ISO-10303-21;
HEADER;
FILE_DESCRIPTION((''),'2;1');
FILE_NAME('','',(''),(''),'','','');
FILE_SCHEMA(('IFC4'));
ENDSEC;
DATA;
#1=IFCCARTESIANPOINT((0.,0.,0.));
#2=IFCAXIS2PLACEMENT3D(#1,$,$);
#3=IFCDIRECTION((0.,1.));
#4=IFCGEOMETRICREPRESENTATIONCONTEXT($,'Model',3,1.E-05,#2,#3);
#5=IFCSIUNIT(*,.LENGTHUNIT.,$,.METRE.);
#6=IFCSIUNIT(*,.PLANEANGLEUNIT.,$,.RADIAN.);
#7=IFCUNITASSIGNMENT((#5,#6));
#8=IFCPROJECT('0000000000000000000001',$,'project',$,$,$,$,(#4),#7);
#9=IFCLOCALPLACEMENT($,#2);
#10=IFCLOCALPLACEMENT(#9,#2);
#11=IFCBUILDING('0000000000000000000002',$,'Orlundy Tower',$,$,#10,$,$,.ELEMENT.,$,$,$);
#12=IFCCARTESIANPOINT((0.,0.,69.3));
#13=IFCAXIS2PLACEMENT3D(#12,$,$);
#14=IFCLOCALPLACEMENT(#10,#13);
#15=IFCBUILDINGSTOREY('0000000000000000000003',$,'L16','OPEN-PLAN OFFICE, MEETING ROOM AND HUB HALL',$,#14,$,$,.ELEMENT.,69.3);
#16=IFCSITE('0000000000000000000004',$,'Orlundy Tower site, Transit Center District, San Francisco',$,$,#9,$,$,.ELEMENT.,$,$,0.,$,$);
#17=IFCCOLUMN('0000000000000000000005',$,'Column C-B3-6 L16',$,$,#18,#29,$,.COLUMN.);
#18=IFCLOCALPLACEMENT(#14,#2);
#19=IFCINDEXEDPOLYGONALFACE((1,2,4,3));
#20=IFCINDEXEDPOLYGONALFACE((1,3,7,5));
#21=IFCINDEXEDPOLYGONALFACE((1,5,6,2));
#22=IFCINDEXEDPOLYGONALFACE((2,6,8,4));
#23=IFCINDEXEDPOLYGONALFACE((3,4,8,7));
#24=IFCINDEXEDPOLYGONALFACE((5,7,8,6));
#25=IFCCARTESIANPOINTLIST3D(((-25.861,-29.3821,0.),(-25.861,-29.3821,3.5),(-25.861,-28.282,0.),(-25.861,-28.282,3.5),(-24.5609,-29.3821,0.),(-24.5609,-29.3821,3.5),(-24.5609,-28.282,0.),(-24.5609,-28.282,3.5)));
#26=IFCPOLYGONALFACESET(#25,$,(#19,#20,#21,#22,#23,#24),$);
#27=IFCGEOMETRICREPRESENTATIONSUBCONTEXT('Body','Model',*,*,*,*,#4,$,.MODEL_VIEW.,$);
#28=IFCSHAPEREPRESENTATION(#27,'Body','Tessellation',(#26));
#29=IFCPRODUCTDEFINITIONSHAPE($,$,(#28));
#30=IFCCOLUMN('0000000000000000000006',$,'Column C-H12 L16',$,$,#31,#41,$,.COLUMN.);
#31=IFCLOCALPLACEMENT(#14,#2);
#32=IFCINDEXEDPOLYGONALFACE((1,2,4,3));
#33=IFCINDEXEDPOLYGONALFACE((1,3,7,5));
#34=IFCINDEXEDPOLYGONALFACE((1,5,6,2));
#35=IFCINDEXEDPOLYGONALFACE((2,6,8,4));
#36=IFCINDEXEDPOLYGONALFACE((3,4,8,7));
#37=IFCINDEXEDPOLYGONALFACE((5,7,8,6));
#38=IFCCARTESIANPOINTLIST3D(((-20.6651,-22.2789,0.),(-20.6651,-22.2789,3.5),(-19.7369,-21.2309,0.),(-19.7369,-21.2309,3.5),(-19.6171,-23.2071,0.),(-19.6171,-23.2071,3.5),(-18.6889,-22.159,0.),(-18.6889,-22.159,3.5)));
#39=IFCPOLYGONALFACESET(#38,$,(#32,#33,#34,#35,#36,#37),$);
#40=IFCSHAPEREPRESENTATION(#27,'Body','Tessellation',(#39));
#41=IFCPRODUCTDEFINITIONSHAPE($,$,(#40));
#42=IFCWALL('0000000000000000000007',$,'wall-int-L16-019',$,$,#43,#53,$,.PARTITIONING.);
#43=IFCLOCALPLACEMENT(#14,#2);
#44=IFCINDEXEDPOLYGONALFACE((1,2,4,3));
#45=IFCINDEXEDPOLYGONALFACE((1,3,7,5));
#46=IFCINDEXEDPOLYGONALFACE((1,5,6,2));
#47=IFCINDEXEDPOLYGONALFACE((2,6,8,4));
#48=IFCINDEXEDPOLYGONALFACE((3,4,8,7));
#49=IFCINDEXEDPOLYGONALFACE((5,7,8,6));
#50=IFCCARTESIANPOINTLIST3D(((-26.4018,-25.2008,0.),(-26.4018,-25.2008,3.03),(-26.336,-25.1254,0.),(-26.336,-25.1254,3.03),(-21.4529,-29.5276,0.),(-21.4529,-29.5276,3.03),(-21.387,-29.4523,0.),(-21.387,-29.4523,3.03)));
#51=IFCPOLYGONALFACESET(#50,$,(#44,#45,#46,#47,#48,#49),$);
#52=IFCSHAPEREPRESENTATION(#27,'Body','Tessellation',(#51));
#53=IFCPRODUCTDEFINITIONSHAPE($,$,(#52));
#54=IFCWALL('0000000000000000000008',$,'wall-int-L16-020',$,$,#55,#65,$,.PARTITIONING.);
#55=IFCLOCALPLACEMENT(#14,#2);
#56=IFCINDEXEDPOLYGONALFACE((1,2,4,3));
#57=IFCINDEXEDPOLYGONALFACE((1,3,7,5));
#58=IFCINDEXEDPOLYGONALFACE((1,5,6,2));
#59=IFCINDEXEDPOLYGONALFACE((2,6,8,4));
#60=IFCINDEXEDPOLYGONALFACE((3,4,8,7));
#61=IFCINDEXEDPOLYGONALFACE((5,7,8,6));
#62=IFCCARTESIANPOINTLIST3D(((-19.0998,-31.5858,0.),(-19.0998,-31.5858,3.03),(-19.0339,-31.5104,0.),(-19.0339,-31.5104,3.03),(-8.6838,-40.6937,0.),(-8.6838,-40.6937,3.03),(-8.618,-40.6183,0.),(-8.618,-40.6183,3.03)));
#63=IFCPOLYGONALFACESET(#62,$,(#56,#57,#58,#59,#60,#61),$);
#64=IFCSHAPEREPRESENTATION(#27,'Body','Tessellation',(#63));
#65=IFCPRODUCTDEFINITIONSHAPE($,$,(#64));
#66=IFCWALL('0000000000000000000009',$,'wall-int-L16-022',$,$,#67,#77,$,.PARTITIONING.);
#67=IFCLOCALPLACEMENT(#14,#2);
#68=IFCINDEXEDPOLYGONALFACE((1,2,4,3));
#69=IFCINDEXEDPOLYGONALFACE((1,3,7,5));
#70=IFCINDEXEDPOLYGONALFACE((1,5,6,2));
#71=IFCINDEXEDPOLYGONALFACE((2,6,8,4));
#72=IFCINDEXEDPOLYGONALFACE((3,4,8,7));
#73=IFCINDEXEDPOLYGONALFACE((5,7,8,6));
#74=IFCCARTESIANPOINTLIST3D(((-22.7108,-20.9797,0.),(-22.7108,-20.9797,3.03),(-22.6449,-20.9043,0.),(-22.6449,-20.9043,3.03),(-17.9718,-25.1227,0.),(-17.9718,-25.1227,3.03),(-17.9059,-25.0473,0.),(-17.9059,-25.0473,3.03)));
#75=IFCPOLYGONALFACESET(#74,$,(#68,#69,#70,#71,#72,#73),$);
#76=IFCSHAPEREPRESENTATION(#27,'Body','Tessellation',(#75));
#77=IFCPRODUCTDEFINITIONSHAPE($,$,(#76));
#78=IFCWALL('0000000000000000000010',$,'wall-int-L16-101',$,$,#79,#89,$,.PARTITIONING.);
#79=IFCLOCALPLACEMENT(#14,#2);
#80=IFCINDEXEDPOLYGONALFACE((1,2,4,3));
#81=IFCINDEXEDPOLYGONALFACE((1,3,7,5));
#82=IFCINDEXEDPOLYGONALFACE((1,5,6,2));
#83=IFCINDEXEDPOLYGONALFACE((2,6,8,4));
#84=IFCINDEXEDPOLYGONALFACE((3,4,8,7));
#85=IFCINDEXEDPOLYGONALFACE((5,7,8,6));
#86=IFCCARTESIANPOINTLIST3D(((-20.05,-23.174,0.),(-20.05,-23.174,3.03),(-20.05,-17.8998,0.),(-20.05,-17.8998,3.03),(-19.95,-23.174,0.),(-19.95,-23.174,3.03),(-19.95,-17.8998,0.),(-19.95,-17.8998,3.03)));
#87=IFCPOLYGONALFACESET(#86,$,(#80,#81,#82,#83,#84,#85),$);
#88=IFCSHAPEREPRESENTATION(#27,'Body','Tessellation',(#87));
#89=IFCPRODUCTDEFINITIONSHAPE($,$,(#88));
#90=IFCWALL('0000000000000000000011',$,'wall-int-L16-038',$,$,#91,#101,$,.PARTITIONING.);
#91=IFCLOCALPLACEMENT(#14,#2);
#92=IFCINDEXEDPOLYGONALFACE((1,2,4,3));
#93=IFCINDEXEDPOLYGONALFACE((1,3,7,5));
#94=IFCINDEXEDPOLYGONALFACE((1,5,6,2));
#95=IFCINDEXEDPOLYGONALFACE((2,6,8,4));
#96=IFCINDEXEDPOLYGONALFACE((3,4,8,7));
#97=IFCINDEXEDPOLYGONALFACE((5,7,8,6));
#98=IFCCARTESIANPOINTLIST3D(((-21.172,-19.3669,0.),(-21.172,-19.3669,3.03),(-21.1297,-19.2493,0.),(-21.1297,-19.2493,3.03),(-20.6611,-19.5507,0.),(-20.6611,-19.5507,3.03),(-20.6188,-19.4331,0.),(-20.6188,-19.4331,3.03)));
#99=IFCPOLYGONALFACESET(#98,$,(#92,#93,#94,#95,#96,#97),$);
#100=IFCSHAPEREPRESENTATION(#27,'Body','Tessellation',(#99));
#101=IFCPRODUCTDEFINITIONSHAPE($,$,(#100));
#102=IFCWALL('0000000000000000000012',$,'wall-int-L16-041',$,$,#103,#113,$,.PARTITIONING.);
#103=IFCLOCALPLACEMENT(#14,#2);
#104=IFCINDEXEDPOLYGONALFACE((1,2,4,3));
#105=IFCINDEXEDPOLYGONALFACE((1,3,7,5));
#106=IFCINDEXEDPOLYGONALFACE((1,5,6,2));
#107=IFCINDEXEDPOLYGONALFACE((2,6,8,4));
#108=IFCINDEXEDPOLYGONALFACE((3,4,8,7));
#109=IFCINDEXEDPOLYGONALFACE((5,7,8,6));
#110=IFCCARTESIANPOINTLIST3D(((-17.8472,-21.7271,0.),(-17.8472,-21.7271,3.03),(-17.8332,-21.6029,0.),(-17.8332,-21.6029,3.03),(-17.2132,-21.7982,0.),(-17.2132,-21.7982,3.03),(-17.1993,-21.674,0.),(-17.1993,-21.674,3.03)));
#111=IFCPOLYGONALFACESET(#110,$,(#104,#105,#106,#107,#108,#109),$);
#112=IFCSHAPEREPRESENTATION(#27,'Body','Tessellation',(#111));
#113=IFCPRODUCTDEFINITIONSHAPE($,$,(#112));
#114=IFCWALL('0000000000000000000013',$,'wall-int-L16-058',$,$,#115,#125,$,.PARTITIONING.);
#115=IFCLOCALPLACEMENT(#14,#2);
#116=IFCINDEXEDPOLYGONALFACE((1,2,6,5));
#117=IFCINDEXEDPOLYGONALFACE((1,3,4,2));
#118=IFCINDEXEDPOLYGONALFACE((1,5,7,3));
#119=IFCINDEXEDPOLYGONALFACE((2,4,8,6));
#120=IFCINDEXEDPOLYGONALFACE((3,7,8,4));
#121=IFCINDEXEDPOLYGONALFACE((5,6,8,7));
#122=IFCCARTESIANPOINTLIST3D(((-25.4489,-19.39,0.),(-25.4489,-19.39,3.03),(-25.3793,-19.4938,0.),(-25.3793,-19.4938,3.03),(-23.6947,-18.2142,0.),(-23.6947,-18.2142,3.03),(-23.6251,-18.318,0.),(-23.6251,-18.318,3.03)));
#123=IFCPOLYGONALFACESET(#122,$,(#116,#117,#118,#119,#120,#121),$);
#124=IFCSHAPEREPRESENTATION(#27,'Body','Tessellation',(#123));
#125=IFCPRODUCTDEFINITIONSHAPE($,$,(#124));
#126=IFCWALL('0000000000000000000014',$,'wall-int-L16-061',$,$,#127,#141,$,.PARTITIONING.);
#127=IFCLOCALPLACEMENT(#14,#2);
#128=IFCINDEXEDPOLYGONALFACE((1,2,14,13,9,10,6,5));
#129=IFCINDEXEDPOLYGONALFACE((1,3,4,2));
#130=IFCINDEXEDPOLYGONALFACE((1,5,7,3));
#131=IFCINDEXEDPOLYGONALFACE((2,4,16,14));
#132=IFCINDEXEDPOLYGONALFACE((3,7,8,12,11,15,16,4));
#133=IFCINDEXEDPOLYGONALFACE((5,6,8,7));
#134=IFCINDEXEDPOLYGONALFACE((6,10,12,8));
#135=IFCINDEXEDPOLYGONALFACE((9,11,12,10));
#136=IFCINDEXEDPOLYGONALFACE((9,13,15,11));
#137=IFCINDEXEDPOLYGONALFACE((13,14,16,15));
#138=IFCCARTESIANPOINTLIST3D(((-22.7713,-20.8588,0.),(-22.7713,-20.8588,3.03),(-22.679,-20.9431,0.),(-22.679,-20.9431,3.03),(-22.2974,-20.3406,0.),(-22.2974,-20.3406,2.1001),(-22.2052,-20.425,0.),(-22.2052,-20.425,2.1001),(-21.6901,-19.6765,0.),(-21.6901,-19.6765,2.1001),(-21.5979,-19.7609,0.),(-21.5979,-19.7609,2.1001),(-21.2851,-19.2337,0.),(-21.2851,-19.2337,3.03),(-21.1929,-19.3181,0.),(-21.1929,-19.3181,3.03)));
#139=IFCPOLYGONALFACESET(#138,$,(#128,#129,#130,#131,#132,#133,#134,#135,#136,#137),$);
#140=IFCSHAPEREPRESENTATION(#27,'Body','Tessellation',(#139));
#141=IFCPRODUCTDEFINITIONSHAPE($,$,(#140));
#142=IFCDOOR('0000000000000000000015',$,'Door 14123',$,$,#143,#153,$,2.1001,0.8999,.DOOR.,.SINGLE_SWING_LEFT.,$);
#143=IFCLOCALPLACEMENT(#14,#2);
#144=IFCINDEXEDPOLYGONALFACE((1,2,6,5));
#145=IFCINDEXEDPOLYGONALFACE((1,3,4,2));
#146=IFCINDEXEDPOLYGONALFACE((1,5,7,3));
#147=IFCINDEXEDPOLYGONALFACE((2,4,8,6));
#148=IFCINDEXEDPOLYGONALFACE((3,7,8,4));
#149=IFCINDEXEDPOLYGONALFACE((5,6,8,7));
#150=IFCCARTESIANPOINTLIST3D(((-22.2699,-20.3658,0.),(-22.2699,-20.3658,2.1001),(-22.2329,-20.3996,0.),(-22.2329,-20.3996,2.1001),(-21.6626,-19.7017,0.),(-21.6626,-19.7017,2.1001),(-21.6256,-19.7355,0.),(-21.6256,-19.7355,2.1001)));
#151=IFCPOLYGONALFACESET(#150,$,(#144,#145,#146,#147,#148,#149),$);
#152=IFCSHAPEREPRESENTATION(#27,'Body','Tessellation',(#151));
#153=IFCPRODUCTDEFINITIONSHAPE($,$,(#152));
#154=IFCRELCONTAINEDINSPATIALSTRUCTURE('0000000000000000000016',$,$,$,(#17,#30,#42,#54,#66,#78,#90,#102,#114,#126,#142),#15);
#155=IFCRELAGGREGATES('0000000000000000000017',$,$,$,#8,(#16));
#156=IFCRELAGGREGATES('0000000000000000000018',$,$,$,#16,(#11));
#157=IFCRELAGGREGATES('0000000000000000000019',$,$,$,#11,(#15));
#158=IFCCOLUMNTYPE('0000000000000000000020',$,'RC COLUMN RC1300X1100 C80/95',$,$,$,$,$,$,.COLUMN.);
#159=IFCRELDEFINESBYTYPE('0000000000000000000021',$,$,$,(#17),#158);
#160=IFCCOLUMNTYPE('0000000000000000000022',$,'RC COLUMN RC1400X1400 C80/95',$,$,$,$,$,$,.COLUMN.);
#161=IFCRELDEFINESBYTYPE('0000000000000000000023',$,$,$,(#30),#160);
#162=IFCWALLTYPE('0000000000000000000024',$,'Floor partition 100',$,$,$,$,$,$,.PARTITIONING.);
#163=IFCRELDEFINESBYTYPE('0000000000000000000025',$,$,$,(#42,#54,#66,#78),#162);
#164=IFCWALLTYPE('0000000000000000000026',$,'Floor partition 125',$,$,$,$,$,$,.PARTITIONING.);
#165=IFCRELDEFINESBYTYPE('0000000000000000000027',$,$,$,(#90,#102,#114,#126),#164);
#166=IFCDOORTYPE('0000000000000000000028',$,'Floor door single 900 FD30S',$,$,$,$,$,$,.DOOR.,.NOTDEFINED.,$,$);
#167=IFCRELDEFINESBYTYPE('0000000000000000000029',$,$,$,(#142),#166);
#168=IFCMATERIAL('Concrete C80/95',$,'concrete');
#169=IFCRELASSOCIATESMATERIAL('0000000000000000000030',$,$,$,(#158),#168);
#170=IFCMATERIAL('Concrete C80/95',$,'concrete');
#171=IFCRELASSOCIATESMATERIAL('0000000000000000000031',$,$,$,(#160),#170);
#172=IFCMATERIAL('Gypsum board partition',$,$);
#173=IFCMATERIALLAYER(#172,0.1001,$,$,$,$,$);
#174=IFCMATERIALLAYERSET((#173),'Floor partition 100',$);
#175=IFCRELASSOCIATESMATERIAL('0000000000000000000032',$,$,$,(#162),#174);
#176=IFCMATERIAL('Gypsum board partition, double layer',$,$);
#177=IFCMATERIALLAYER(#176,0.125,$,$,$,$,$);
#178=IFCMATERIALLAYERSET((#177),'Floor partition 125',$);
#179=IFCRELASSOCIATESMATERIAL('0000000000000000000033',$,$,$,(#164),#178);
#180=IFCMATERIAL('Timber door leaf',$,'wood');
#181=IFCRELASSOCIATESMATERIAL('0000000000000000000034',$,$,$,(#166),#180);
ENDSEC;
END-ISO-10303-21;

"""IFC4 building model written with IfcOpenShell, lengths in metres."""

from ifc_helpers import new_model, si_unit, direction, frame, frame_2d, origin, origin_2d, place, context, subcontext, project, spatial, rectangle, extrude, material, layer, layer_set, material_profile, profile_set, type_object, element, fill, save


model = new_model("IFC4")

# Units and contexts
model_context = context("Model", 3, precision=1e-05, world=origin(), true_north=direction((0.0, 1.0)))
body_context = subcontext(model_context, "Body", "Model", "MODEL_VIEW")
ifc_project = project(units=[si_unit("LENGTHUNIT", "METRE"), si_unit("PLANEANGLEUNIT", "RADIAN")], contexts=[model_context])

# Site, building, storey
site_placement = place(None, origin())
site = spatial("IfcSite", under=ifc_project, at=site_placement, Name="Orlundy Tower site, Transit Center District, San Francisco", CompositionType="ELEMENT", RefElevation=0.0)
building_placement = place(site_placement, origin())
building = spatial("IfcBuilding", under=site, at=building_placement, Name="Orlundy Tower", CompositionType="ELEMENT")
storey_placement = place(building_placement, frame((0.0, 0.0, 69.3)))
storey = spatial("IfcBuildingStorey", under=building, at=storey_placement, Name="L16", Description="OPEN-PLAN OFFICE, MEETING ROOM AND HUB HALL", CompositionType="ELEMENT", Elevation=69.3)

# Columns
ifc_material_1 = material(Name="Concrete C80/95", Category="concrete")
ifc_material_profile_1 = material_profile(ifc_material_1, rectangle(XDim=1.3, YDim=1.1001, at=origin_2d()), Name="RC1300X1100")
ifc_profile_set_1 = profile_set([ifc_material_profile_1], Name="Concrete C80/95")
column_type_1 = type_object("IfcColumnType", Name="RC COLUMN RC1300X1100 C80/95", PredefinedType="COLUMN", material=ifc_profile_set_1)
column_1_placement = place(storey_placement, frame((-25.2109, -28.832, 0.0), z_axis=(0.0, 0.0, 1.0), x_axis=(1.0, 0.0, 0.0)))
element("IfcColumn", 1, at=column_1_placement, inside=storey, type_object=column_type_1, Name="Column C-B3-6 L16", PredefinedType="COLUMN", context=body_context, shape_type="SweptSolid", body=[
    extrude(rectangle(XDim=1.3, YDim=1.1001, at=origin_2d()), origin(), (0.0, 0.0, 1.0), 3.5),
])
ifc_material_2 = material(Name="Concrete C80/95", Category="concrete")
ifc_material_profile_2 = material_profile(ifc_material_2, rectangle(XDim=1.3999, YDim=1.3999, at=origin_2d()), Name="RC1400X1400")
ifc_profile_set_2 = profile_set([ifc_material_profile_2], Name="Concrete C80/95")
column_type_2 = type_object("IfcColumnType", Name="RC COLUMN RC1400X1400 C80/95", PredefinedType="COLUMN", material=ifc_profile_set_2)
column_2_placement = place(storey_placement, frame((-19.677, -22.219, 0.0), z_axis=(0.0, 0.0, 1.0), x_axis=(-0.662986, -0.748632, 0.0)))
element("IfcColumn", 2, at=column_2_placement, inside=storey, type_object=column_type_2, Name="Column C-H12 L16", PredefinedType="COLUMN", context=body_context, shape_type="SweptSolid", body=[
    extrude(rectangle(XDim=1.3999, YDim=1.3999, at=origin_2d()), origin(), (0.0, 0.0, 1.0), 3.5),
])

# Walls
ifc_material_3 = material(Name="Gypsum board partition")
ifc_layer_1 = layer(ifc_material_3, 0.1001)
ifc_layer_set_1 = layer_set([ifc_layer_1], Name="Floor partition 100")
wall_type_1 = type_object("IfcWallType", Name="Floor partition 100", PredefinedType="PARTITIONING", material=ifc_layer_set_1)
wall_1_placement = place(storey_placement, frame((-26.3689, -25.1631, 0.0), z_axis=(0.0, 0.0, 1.0), x_axis=(0.752837, -0.658207, 0.0)))
element("IfcWall", 3, at=wall_1_placement, inside=storey, type_object=wall_type_1, Name="wall-int-L16-019", PredefinedType="PARTITIONING", context=body_context, shape_type="SweptSolid", body=[
    extrude(rectangle(XDim=6.5737, YDim=0.1001, at=frame_2d((3.2869, 0.0))), origin(), (0.0, 0.0, 1.0), 3.03),
])
wall_2_placement = place(storey_placement, frame((-19.0669, -31.5481, 0.0), z_axis=(0.0, 0.0, 1.0), x_axis=(0.752795, -0.658255, 0.0)))
element("IfcWall", 4, at=wall_2_placement, inside=storey, type_object=wall_type_1, Name="wall-int-L16-020", PredefinedType="PARTITIONING", context=body_context, shape_type="SweptSolid", body=[
    extrude(rectangle(XDim=13.8364, YDim=0.1001, at=frame_2d((6.9182, 0.0))), origin(), (0.0, 0.0, 1.0), 3.03),
])
wall_3_placement = place(storey_placement, frame((-22.678, -20.9419, 0.0), z_axis=(0.0, 0.0, 1.0), x_axis=(0.752858, -0.658183, 0.0)))
element("IfcWall", 5, at=wall_3_placement, inside=storey, type_object=wall_type_1, Name="wall-int-L16-022", PredefinedType="PARTITIONING", context=body_context, shape_type="SweptSolid", body=[
    extrude(rectangle(XDim=6.2947, YDim=0.1001, at=frame_2d((3.1475, 0.0))), origin(), (0.0, 0.0, 1.0), 3.03),
])
wall_4_placement = place(storey_placement, frame((-20.0, -23.1741, 0.0), z_axis=(0.0, 0.0, 1.0), x_axis=(0.0, 1.0, 0.0)))
element("IfcWall", 6, at=wall_4_placement, inside=storey, type_object=wall_type_1, Name="wall-int-L16-101", PredefinedType="PARTITIONING", context=body_context, shape_type="SweptSolid", body=[
    extrude(rectangle(XDim=5.2742, YDim=0.1001, at=frame_2d((2.6372, 0.0))), origin(), (0.0, 0.0, 1.0), 3.03),
])
ifc_material_4 = material(Name="Gypsum board partition, double layer")
ifc_layer_2 = layer(ifc_material_4, 0.125)
ifc_layer_set_2 = layer_set([ifc_layer_2], Name="Floor partition 125")
wall_type_2 = type_object("IfcWallType", Name="Floor partition 125", PredefinedType="PARTITIONING", material=ifc_layer_set_2)
wall_5_placement = place(storey_placement, frame((-21.1509, -19.3081, 0.0), z_axis=(0.0, 0.0, 1.0), x_axis=(0.940956, -0.338528, 0.0)))
element("IfcWall", 7, at=wall_5_placement, inside=storey, type_object=wall_type_2, Name="wall-int-L16-038", PredefinedType="PARTITIONING", context=body_context, shape_type="SweptSolid", body=[
    extrude(rectangle(XDim=0.543, YDim=0.125, at=frame_2d((0.2715, 0.0))), origin(), (0.0, 0.0, 1.0), 3.03),
])
wall_6_placement = place(storey_placement, frame((-17.8401, -21.665, 0.0), z_axis=(0.0, 0.0, 1.0), x_axis=(0.993781, -0.111355, 0.0)))
element("IfcWall", 8, at=wall_6_placement, inside=storey, type_object=wall_type_2, Name="wall-int-L16-041", PredefinedType="PARTITIONING", context=body_context, shape_type="SweptSolid", body=[
    extrude(rectangle(XDim=0.6379, YDim=0.125, at=frame_2d((0.3188, 0.0))), origin(), (0.0, 0.0, 1.0), 3.03),
])
wall_7_placement = place(storey_placement, frame((-23.6599, -18.2661, 0.0), z_axis=(0.0, 0.0, 1.0), x_axis=(-0.83066, -0.556779, 0.0)))
element("IfcWall", 9, at=wall_7_placement, inside=storey, type_object=wall_type_2, Name="wall-int-L16-058", PredefinedType="PARTITIONING", context=body_context, shape_type="SweptSolid", body=[
    extrude(rectangle(XDim=2.1118, YDim=0.125, at=frame_2d((1.0559, 0.0))), origin(), (0.0, 0.0, 1.0), 3.03),
])

# Wall, opening, door
wall_8_placement = place(storey_placement, frame((-21.239, -19.2759, 0.0), z_axis=(0.0, 0.0, 1.0), x_axis=(-0.674861, -0.737945, 0.0)))
wall_8 = element("IfcWall", 10, at=wall_8_placement, inside=storey, type_object=wall_type_2, Name="wall-int-L16-061", PredefinedType="PARTITIONING", context=body_context, shape_type="SweptSolid", body=[
    extrude(rectangle(XDim=2.2021, YDim=0.125, at=frame_2d((1.1011, 0.0))), origin(), (0.0, 0.0, 1.0), 3.03),
])
opening_1_placement = place(wall_8_placement, frame((0.6001, 0.0, 0.0)))
opening_1 = element("IfcOpeningElement", 11, at=opening_1_placement, cuts=wall_8, PredefinedType="OPENING", context=body_context, shape_type="SweptSolid", body=[
    extrude(rectangle(XDim=0.8999, YDim=2.1001, at=frame_2d((0.45, 1.05))), frame((0.0, 0.0725, 0.0), z_axis=(0.0, -1.0, 0.0), x_axis=(1.0, 0.0, 0.0)), (0.0, 0.0, 1.0), 0.145),
])
ifc_material_5 = material(Name="Timber door leaf", Category="wood")
door_type = type_object("IfcDoorType", Name="Floor door single 900 FD30S", OperationType="NOTDEFINED", PredefinedType="DOOR", material=ifc_material_5)
door_1_placement = place(opening_1_placement, origin())
door_1 = element("IfcDoor", 12, at=door_1_placement, inside=storey, type_object=door_type, Name="Door 14123", OperationType="SINGLE_SWING_LEFT", OverallHeight=2.1001, OverallWidth=0.8999, PredefinedType="DOOR", context=body_context, shape_type="SweptSolid", body=[
    extrude(rectangle(XDim=0.8999, YDim=2.1001, at=frame_2d((0.45, 1.05))), frame((0.0, 0.0249, 0.0), z_axis=(0.0, -1.0, 0.0), x_axis=(1.0, 0.0, 0.0)), (0.0, 0.0, 1.0), 0.05),
])
fill(opening_1, door_1)

save(model, "model.ifc")
